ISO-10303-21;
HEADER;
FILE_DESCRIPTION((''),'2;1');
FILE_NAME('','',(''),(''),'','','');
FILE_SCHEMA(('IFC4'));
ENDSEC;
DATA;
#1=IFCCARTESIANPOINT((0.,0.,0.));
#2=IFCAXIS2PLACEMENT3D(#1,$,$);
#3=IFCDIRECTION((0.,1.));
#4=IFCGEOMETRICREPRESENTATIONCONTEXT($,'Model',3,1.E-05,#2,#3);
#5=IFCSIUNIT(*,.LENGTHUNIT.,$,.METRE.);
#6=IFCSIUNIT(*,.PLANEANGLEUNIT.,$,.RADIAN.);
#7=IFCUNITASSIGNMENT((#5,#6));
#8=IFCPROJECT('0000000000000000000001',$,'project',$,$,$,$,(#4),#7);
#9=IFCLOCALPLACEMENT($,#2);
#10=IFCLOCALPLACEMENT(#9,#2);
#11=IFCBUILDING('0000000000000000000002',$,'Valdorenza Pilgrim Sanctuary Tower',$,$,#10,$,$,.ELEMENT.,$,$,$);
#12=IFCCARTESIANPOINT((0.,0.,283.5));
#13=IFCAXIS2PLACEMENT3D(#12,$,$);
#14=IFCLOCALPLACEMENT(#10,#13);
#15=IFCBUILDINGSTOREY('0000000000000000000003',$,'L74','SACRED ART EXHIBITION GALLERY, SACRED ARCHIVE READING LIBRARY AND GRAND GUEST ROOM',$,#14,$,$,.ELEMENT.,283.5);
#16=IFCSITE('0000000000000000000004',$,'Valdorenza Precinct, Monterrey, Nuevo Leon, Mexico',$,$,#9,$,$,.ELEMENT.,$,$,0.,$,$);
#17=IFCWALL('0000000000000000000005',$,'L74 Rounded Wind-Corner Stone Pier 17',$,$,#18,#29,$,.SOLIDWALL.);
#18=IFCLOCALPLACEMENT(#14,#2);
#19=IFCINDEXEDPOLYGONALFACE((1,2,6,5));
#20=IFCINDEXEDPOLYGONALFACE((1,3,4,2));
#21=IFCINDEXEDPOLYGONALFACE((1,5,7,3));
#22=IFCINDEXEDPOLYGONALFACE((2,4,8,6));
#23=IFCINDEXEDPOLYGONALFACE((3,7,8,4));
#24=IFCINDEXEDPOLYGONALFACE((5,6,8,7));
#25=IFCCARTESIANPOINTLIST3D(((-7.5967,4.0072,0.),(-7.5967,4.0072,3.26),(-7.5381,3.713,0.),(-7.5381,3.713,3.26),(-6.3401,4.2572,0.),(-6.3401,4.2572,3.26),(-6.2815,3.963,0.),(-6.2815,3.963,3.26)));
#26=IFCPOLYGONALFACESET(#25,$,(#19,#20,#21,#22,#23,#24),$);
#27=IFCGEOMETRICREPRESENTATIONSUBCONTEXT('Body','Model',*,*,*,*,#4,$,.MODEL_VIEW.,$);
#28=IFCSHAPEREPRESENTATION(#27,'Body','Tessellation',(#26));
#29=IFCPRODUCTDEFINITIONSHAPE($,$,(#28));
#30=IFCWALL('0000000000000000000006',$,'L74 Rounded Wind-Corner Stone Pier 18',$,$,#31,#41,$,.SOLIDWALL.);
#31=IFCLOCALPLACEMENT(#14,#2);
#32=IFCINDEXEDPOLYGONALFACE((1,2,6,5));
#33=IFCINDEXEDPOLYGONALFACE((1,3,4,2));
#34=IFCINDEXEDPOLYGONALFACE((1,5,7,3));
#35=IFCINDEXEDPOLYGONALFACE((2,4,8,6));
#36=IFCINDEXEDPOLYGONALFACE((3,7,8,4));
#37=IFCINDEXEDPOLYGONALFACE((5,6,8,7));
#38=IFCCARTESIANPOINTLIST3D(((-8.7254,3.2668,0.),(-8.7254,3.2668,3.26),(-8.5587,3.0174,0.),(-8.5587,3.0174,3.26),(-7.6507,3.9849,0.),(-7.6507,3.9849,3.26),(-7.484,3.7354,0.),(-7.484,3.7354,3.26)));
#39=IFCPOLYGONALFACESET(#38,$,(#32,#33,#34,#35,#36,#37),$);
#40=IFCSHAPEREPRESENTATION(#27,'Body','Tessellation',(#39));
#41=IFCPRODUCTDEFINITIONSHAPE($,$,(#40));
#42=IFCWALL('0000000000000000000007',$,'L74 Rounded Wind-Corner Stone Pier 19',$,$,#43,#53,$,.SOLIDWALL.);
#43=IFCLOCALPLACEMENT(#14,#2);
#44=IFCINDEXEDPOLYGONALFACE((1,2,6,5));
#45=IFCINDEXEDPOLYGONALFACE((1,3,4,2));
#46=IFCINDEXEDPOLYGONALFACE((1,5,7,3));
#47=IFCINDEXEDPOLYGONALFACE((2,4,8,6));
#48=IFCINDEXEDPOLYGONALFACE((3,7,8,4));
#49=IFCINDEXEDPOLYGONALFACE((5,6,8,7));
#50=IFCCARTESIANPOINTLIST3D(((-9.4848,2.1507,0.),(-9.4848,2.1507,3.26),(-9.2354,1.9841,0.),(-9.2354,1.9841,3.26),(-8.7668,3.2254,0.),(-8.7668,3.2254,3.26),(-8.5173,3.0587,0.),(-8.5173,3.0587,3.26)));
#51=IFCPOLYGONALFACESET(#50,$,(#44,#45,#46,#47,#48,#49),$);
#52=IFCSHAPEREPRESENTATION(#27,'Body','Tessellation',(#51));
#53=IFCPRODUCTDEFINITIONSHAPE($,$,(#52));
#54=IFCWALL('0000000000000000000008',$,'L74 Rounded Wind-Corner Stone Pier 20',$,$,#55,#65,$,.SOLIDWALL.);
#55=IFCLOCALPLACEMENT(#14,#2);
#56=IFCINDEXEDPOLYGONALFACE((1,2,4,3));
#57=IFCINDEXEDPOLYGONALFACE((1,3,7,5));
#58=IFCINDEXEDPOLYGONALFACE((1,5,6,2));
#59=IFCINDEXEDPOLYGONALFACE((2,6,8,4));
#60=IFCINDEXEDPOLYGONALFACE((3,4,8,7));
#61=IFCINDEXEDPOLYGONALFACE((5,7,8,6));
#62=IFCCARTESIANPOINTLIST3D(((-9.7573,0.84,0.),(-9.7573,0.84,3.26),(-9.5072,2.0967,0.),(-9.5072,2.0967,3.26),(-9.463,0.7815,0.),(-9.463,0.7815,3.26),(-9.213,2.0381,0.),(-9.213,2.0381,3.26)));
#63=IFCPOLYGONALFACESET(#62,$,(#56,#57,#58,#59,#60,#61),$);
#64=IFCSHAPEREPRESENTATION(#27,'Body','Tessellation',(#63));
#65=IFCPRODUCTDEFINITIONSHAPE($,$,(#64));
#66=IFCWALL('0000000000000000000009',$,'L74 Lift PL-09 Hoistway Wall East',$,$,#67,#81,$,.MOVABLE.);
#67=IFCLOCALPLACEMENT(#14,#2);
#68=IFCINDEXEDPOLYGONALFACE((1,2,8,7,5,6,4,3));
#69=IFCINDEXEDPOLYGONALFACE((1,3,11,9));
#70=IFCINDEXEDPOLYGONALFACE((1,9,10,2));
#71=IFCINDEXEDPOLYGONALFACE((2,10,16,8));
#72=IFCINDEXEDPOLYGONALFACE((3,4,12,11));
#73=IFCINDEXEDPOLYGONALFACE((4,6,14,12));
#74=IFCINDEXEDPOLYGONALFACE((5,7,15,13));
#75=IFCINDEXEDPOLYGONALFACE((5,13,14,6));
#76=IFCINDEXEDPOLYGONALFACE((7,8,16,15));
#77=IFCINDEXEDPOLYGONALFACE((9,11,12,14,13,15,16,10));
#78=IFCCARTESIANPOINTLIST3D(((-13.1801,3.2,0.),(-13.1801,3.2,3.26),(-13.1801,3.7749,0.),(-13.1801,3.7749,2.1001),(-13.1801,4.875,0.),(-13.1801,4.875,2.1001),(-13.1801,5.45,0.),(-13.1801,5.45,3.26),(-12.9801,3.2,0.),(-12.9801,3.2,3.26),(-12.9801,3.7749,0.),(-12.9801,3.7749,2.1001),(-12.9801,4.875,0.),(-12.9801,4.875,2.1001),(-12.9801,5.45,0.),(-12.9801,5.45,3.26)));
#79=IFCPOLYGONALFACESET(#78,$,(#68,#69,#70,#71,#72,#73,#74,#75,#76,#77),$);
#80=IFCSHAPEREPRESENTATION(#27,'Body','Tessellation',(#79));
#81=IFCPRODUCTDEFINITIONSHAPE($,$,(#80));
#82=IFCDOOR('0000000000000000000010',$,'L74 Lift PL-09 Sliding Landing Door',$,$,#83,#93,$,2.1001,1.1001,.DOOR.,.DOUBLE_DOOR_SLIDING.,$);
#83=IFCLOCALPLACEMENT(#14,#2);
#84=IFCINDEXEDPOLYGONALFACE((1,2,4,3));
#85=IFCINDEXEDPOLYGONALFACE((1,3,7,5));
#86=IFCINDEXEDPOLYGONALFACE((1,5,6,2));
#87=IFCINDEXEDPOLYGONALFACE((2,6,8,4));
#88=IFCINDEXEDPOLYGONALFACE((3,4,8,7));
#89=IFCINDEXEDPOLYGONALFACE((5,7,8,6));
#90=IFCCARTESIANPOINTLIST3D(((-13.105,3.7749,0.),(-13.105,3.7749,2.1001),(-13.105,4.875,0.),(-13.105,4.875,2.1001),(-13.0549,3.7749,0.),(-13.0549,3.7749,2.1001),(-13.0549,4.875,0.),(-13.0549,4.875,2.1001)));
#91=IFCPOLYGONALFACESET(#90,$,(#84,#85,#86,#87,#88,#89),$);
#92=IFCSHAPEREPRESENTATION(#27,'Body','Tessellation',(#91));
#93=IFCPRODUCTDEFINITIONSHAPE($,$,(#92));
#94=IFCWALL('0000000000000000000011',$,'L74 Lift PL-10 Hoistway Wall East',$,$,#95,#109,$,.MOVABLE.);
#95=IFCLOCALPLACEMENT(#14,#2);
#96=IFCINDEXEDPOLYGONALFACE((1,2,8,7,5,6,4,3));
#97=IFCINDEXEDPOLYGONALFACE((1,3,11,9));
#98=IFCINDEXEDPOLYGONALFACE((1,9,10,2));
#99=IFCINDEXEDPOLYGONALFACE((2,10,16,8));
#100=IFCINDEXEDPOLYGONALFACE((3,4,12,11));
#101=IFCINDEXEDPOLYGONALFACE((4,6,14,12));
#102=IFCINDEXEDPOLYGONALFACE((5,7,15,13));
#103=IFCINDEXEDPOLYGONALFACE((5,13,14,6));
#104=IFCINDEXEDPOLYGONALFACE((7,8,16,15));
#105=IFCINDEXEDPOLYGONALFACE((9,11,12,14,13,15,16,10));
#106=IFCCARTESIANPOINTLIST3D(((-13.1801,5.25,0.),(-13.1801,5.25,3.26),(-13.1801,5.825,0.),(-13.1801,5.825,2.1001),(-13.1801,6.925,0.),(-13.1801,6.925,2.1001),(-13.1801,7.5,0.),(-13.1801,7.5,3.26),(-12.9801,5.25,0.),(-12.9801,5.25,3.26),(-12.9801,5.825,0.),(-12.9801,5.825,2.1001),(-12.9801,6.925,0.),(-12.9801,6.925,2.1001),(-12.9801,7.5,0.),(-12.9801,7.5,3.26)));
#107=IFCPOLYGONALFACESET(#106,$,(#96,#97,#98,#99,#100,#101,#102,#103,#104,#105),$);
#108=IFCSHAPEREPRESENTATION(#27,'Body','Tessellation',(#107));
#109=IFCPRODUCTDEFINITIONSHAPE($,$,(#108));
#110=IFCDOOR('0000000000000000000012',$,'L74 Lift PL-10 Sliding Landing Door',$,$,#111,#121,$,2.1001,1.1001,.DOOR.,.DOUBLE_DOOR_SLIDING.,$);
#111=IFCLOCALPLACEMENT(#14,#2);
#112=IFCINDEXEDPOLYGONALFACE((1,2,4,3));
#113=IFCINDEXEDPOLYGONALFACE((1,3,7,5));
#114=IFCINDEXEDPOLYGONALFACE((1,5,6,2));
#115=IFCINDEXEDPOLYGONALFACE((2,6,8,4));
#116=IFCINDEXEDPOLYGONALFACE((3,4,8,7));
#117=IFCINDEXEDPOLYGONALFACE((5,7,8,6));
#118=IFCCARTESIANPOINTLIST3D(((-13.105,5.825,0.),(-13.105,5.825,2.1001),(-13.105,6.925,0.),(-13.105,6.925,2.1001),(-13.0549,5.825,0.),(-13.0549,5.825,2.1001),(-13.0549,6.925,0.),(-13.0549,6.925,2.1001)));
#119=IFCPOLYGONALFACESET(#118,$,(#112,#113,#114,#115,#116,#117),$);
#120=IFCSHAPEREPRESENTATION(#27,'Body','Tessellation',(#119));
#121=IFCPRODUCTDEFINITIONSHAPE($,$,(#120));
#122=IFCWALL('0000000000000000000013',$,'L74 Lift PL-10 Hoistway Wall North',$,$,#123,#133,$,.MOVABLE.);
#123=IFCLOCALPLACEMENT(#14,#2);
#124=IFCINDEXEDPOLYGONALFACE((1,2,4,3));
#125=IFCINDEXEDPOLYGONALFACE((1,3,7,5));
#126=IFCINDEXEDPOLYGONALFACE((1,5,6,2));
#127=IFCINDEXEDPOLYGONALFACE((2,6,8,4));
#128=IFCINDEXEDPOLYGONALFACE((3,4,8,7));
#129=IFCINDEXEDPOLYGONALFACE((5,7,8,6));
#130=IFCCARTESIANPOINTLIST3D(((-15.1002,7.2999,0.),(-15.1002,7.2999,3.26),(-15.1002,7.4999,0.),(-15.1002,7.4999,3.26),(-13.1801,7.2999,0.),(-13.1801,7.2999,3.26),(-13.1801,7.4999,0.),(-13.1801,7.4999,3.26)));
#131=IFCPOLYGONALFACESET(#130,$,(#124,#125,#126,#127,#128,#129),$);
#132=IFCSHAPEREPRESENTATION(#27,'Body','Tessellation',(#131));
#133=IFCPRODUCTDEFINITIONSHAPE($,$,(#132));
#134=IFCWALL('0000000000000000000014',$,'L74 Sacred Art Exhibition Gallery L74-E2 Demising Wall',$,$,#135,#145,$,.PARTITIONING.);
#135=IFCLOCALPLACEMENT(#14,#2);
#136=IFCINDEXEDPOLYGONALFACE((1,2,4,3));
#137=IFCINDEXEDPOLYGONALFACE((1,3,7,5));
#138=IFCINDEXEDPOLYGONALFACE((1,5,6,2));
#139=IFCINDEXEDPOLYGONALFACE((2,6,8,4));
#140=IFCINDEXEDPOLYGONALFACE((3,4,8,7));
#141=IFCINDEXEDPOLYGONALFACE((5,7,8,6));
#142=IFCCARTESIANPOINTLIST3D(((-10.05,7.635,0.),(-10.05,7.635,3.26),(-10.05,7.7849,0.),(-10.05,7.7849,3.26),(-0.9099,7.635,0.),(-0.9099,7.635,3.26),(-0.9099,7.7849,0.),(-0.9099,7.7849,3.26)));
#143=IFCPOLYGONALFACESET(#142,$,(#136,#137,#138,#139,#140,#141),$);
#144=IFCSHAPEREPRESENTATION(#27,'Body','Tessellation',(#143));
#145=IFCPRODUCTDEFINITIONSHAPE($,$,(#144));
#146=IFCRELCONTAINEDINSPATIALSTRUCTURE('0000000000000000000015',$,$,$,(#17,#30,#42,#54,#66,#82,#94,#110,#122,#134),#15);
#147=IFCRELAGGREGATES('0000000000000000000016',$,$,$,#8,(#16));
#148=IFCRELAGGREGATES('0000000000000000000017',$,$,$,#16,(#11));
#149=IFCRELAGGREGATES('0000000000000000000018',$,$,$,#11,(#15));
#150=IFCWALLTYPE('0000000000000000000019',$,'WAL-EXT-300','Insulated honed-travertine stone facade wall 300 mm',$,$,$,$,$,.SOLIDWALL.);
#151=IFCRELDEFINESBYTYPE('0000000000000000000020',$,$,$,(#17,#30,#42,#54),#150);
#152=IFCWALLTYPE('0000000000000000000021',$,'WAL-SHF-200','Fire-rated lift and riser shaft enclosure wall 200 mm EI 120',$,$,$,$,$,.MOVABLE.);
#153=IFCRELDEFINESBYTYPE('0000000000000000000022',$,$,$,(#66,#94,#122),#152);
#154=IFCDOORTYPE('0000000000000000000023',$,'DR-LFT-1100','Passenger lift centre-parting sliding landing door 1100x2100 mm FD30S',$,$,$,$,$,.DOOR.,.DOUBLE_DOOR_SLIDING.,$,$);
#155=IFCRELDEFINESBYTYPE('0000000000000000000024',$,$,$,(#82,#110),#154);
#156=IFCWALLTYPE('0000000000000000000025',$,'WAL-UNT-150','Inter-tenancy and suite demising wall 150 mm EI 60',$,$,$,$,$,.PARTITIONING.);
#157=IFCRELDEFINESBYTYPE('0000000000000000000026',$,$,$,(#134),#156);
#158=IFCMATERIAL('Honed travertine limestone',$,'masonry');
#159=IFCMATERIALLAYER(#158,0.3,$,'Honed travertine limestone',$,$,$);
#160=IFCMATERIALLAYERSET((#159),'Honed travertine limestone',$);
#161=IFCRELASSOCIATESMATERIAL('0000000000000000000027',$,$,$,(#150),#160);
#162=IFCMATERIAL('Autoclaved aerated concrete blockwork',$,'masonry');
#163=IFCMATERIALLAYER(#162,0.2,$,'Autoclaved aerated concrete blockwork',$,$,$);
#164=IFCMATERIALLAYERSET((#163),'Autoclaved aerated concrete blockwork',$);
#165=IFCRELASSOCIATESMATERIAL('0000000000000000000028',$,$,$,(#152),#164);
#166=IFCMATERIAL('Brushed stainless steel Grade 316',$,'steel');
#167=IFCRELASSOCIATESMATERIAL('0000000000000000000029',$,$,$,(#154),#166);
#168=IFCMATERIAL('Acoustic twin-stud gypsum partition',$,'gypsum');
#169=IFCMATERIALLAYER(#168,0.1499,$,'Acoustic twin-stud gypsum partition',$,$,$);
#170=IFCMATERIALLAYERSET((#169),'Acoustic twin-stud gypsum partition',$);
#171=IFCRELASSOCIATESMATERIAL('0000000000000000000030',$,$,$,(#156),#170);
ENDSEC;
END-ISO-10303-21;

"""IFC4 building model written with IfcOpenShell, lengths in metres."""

from ifc_helpers import new_model, si_unit, direction, frame, frame_2d, origin, place, context, subcontext, project, spatial, rectangle, extrude, material, layer, layer_set, type_object, element, fill, save


model = new_model("IFC4")

# Units and contexts
model_context = context("Model", 3, precision=1e-05, world=origin(), true_north=direction((0.0, 1.0)))
body_context = subcontext(model_context, "Body", "Model", "MODEL_VIEW")
ifc_project = project(units=[si_unit("LENGTHUNIT", "METRE"), si_unit("PLANEANGLEUNIT", "RADIAN")], contexts=[model_context])

# Site, building, storey
site_placement = place(None, origin())
site = spatial("IfcSite", under=ifc_project, at=site_placement, Name="Valdorenza Precinct, Monterrey, Nuevo Leon, Mexico", CompositionType="ELEMENT", RefElevation=0.0)
building_placement = place(site_placement, origin())
building = spatial("IfcBuilding", under=site, at=building_placement, Name="Valdorenza Pilgrim Sanctuary Tower", CompositionType="ELEMENT")
storey_placement = place(building_placement, frame((0.0, 0.0, 283.5)))
storey = spatial("IfcBuildingStorey", under=building, at=storey_placement, Name="L74", Description="SACRED ART EXHIBITION GALLERY, SACRED ARCHIVE READING LIBRARY AND GRAND GUEST ROOM", CompositionType="ELEMENT", Elevation=283.5)

# Shared definitions
ifc_material_1 = material(Name="Acoustic twin-stud gypsum partition", Category="gypsum")

# Shared definitions
ifc_material_2 = material(Name="Honed travertine limestone", Category="masonry")
ifc_layer_1 = layer(ifc_material_2, 0.3, Name="Honed travertine limestone")
ifc_layer_set_1 = layer_set([ifc_layer_1], Name="Honed travertine limestone")
wall_type_1 = type_object("IfcWallType", Name="WAL-EXT-300", Description="Insulated honed-travertine stone facade wall 300 mm", PredefinedType="SOLIDWALL", material=ifc_layer_set_1)

# Walls
wall_1_placement = place(storey_placement, frame((-6.3108, 4.1101, 0.0), z_axis=(0.0, 0.0, 1.0), x_axis=(-0.980778, -0.195127, 0.0)))
element("IfcWall", 1, at=wall_1_placement, inside=storey, type_object=wall_type_1, Name="L74 Rounded Wind-Corner Stone Pier 17", PredefinedType="SOLIDWALL", context=body_context, shape_type="SweptSolid", body=[
    extrude(rectangle(XDim=1.2812, YDim=0.3, at=frame_2d((0.6406, 0.0))), origin(), (0.0, 0.0, 1.0), 3.26),
])
for number, where, z_axis, x_axis, name in (
    (2, (-7.5674, 3.8601, 0.0), (0.0, 0.0, 1.0), (-0.831498, -0.555528, 0.0), "L74 Rounded Wind-Corner Stone Pier 18"),
    (3, (-8.6421, 3.1421, 0.0), (0.0, 0.0, 1.0), (-0.555528, -0.831498, 0.0), "L74 Rounded Wind-Corner Stone Pier 19"),
):
    element("IfcWall", number, at=place(storey_placement, frame(where, z_axis=z_axis, x_axis=x_axis)), inside=storey, type_object=wall_type_1, Name=name, PredefinedType="SOLIDWALL", context=body_context, shape_type="SweptSolid", body=[
        extrude(rectangle(XDim=1.2925, YDim=0.3, at=frame_2d((0.6462, 0.0))), origin(), (0.0, 0.0, 1.0), 3.26),
    ])
wall_2_placement = place(storey_placement, frame((-9.3601, 2.0674, 0.0), z_axis=(0.0, 0.0, 1.0), x_axis=(-0.195127, -0.980778, 0.0)))
element("IfcWall", 4, at=wall_2_placement, inside=storey, type_object=wall_type_1, Name="L74 Rounded Wind-Corner Stone Pier 20", PredefinedType="SOLIDWALL", context=body_context, shape_type="SweptSolid", body=[
    extrude(rectangle(XDim=1.2812, YDim=0.3, at=frame_2d((0.6406, 0.0))), origin(), (0.0, 0.0, 1.0), 3.26),
])

# Walls, openings, doors
ifc_material_3 = material(Name="Autoclaved aerated concrete blockwork", Category="masonry")
ifc_layer_2 = layer(ifc_material_3, 0.2, Name="Autoclaved aerated concrete blockwork")
ifc_layer_set_2 = layer_set([ifc_layer_2], Name="Autoclaved aerated concrete blockwork")
wall_type_2 = type_object("IfcWallType", Name="WAL-SHF-200", Description="Fire-rated lift and riser shaft enclosure wall 200 mm EI 120", PredefinedType="MOVABLE", material=ifc_layer_set_2)
wall_3_placement = place(storey_placement, frame((-13.0801, 3.2, 0.0), z_axis=(0.0, 0.0, 1.0), x_axis=(0.0, 1.0, 0.0)))
wall_3 = element("IfcWall", 5, at=wall_3_placement, inside=storey, type_object=wall_type_2, Name="L74 Lift PL-09 Hoistway Wall East", PredefinedType="MOVABLE", context=body_context, shape_type="SweptSolid", body=[
    extrude(rectangle(XDim=2.25, YDim=0.2, at=frame_2d((1.125, 0.0))), origin(), (0.0, 0.0, 1.0), 3.26),
])
opening_1_placement = place(wall_3_placement, frame((0.575, 0.0, 0.0)))
opening_1 = element("IfcOpeningElement", 6, at=opening_1_placement, cuts=wall_3, PredefinedType="OPENING", context=body_context, shape_type="SweptSolid", body=[
    extrude(rectangle(XDim=1.1001, YDim=2.1001, at=frame_2d((0.55, 1.05))), frame((0.0, 0.1147, 0.0), z_axis=(0.0, -1.0, 0.0), x_axis=(1.0, 0.0, 0.0)), (0.0, 0.0, 1.0), 0.2297),
])
ifc_material_4 = material(Name="Brushed stainless steel Grade 316", Category="steel")
door_type_1 = type_object("IfcDoorType", Name="DR-LFT-1100", Description="Passenger lift centre-parting sliding landing door 1100x2100 mm FD30S", OperationType="DOUBLE_DOOR_SLIDING", PredefinedType="DOOR", material=ifc_material_4)
door_1_placement = place(opening_1_placement, origin())
door_1 = element("IfcDoor", 7, at=door_1_placement, inside=storey, type_object=door_type_1, Name="L74 Lift PL-09 Sliding Landing Door", OperationType="DOUBLE_DOOR_SLIDING", OverallHeight=2.1001, OverallWidth=1.1001, PredefinedType="DOOR", context=body_context, shape_type="SweptSolid", body=[
    extrude(rectangle(XDim=1.1001, YDim=2.1001, at=frame_2d((0.55, 1.05))), frame((0.0, 0.0249, 0.0), z_axis=(0.0, -1.0, 0.0), x_axis=(1.0, 0.0, 0.0)), (0.0, 0.0, 1.0), 0.05),
])
fill(opening_1, door_1)
wall_4_placement = place(storey_placement, frame((-13.0801, 5.25, 0.0), z_axis=(0.0, 0.0, 1.0), x_axis=(0.0, 1.0, 0.0)))
wall_4 = element("IfcWall", 8, at=wall_4_placement, inside=storey, type_object=wall_type_2, Name="L74 Lift PL-10 Hoistway Wall East", PredefinedType="MOVABLE", context=body_context, shape_type="SweptSolid", body=[
    extrude(rectangle(XDim=2.25, YDim=0.2, at=frame_2d((1.125, 0.0))), origin(), (0.0, 0.0, 1.0), 3.26),
])
opening_2_placement = place(wall_4_placement, frame((0.575, 0.0, 0.0)))
opening_2 = element("IfcOpeningElement", 9, at=opening_2_placement, cuts=wall_4, PredefinedType="OPENING", context=body_context, shape_type="SweptSolid", body=[
    extrude(rectangle(XDim=1.1001, YDim=2.1001, at=frame_2d((0.55, 1.05))), frame((0.0, 0.1147, 0.0), z_axis=(0.0, -1.0, 0.0), x_axis=(1.0, 0.0, 0.0)), (0.0, 0.0, 1.0), 0.2297),
])
door_2_placement = place(opening_2_placement, origin())
door_2 = element("IfcDoor", 10, at=door_2_placement, inside=storey, type_object=door_type_1, Name="L74 Lift PL-10 Sliding Landing Door", OperationType="DOUBLE_DOOR_SLIDING", OverallHeight=2.1001, OverallWidth=1.1001, PredefinedType="DOOR", context=body_context, shape_type="SweptSolid", body=[
    extrude(rectangle(XDim=1.1001, YDim=2.1001, at=frame_2d((0.55, 1.05))), frame((0.0, 0.0249, 0.0), z_axis=(0.0, -1.0, 0.0), x_axis=(1.0, 0.0, 0.0)), (0.0, 0.0, 1.0), 0.05),
])
fill(opening_2, door_2)

# Walls
wall_5_placement = place(storey_placement, frame((-15.1001, 7.3999, 0.0), z_axis=(0.0, 0.0, 1.0), x_axis=(1.0, 0.0, 0.0)))
element("IfcWall", 11, at=wall_5_placement, inside=storey, type_object=wall_type_2, Name="L74 Lift PL-10 Hoistway Wall North", PredefinedType="MOVABLE", context=body_context, shape_type="SweptSolid", body=[
    extrude(rectangle(XDim=1.9202, YDim=0.2, at=frame_2d((0.96, 0.0))), origin(), (0.0, 0.0, 1.0), 3.26),
])
ifc_layer_3 = layer(ifc_material_1, 0.1499, Name="Acoustic twin-stud gypsum partition")
ifc_layer_set_3 = layer_set([ifc_layer_3], Name="Acoustic twin-stud gypsum partition")
wall_type_3 = type_object("IfcWallType", Name="WAL-UNT-150", Description="Inter-tenancy and suite demising wall 150 mm EI 60", PredefinedType="PARTITIONING", material=ifc_layer_set_3)
wall_6_placement = place(storey_placement, frame((-10.05, 7.71, 0.0), z_axis=(0.0, 0.0, 1.0), x_axis=(1.0, 0.0, 0.0)))
element("IfcWall", 12, at=wall_6_placement, inside=storey, type_object=wall_type_3, Name="L74 Sacred Art Exhibition Gallery L74-E2 Demising Wall", PredefinedType="PARTITIONING", context=body_context, shape_type="SweptSolid", body=[
    extrude(rectangle(XDim=9.1401, YDim=0.1499, at=frame_2d((4.5701, 0.0))), origin(), (0.0, 0.0, 1.0), 3.26),
])

save(model, "model.ifc")
